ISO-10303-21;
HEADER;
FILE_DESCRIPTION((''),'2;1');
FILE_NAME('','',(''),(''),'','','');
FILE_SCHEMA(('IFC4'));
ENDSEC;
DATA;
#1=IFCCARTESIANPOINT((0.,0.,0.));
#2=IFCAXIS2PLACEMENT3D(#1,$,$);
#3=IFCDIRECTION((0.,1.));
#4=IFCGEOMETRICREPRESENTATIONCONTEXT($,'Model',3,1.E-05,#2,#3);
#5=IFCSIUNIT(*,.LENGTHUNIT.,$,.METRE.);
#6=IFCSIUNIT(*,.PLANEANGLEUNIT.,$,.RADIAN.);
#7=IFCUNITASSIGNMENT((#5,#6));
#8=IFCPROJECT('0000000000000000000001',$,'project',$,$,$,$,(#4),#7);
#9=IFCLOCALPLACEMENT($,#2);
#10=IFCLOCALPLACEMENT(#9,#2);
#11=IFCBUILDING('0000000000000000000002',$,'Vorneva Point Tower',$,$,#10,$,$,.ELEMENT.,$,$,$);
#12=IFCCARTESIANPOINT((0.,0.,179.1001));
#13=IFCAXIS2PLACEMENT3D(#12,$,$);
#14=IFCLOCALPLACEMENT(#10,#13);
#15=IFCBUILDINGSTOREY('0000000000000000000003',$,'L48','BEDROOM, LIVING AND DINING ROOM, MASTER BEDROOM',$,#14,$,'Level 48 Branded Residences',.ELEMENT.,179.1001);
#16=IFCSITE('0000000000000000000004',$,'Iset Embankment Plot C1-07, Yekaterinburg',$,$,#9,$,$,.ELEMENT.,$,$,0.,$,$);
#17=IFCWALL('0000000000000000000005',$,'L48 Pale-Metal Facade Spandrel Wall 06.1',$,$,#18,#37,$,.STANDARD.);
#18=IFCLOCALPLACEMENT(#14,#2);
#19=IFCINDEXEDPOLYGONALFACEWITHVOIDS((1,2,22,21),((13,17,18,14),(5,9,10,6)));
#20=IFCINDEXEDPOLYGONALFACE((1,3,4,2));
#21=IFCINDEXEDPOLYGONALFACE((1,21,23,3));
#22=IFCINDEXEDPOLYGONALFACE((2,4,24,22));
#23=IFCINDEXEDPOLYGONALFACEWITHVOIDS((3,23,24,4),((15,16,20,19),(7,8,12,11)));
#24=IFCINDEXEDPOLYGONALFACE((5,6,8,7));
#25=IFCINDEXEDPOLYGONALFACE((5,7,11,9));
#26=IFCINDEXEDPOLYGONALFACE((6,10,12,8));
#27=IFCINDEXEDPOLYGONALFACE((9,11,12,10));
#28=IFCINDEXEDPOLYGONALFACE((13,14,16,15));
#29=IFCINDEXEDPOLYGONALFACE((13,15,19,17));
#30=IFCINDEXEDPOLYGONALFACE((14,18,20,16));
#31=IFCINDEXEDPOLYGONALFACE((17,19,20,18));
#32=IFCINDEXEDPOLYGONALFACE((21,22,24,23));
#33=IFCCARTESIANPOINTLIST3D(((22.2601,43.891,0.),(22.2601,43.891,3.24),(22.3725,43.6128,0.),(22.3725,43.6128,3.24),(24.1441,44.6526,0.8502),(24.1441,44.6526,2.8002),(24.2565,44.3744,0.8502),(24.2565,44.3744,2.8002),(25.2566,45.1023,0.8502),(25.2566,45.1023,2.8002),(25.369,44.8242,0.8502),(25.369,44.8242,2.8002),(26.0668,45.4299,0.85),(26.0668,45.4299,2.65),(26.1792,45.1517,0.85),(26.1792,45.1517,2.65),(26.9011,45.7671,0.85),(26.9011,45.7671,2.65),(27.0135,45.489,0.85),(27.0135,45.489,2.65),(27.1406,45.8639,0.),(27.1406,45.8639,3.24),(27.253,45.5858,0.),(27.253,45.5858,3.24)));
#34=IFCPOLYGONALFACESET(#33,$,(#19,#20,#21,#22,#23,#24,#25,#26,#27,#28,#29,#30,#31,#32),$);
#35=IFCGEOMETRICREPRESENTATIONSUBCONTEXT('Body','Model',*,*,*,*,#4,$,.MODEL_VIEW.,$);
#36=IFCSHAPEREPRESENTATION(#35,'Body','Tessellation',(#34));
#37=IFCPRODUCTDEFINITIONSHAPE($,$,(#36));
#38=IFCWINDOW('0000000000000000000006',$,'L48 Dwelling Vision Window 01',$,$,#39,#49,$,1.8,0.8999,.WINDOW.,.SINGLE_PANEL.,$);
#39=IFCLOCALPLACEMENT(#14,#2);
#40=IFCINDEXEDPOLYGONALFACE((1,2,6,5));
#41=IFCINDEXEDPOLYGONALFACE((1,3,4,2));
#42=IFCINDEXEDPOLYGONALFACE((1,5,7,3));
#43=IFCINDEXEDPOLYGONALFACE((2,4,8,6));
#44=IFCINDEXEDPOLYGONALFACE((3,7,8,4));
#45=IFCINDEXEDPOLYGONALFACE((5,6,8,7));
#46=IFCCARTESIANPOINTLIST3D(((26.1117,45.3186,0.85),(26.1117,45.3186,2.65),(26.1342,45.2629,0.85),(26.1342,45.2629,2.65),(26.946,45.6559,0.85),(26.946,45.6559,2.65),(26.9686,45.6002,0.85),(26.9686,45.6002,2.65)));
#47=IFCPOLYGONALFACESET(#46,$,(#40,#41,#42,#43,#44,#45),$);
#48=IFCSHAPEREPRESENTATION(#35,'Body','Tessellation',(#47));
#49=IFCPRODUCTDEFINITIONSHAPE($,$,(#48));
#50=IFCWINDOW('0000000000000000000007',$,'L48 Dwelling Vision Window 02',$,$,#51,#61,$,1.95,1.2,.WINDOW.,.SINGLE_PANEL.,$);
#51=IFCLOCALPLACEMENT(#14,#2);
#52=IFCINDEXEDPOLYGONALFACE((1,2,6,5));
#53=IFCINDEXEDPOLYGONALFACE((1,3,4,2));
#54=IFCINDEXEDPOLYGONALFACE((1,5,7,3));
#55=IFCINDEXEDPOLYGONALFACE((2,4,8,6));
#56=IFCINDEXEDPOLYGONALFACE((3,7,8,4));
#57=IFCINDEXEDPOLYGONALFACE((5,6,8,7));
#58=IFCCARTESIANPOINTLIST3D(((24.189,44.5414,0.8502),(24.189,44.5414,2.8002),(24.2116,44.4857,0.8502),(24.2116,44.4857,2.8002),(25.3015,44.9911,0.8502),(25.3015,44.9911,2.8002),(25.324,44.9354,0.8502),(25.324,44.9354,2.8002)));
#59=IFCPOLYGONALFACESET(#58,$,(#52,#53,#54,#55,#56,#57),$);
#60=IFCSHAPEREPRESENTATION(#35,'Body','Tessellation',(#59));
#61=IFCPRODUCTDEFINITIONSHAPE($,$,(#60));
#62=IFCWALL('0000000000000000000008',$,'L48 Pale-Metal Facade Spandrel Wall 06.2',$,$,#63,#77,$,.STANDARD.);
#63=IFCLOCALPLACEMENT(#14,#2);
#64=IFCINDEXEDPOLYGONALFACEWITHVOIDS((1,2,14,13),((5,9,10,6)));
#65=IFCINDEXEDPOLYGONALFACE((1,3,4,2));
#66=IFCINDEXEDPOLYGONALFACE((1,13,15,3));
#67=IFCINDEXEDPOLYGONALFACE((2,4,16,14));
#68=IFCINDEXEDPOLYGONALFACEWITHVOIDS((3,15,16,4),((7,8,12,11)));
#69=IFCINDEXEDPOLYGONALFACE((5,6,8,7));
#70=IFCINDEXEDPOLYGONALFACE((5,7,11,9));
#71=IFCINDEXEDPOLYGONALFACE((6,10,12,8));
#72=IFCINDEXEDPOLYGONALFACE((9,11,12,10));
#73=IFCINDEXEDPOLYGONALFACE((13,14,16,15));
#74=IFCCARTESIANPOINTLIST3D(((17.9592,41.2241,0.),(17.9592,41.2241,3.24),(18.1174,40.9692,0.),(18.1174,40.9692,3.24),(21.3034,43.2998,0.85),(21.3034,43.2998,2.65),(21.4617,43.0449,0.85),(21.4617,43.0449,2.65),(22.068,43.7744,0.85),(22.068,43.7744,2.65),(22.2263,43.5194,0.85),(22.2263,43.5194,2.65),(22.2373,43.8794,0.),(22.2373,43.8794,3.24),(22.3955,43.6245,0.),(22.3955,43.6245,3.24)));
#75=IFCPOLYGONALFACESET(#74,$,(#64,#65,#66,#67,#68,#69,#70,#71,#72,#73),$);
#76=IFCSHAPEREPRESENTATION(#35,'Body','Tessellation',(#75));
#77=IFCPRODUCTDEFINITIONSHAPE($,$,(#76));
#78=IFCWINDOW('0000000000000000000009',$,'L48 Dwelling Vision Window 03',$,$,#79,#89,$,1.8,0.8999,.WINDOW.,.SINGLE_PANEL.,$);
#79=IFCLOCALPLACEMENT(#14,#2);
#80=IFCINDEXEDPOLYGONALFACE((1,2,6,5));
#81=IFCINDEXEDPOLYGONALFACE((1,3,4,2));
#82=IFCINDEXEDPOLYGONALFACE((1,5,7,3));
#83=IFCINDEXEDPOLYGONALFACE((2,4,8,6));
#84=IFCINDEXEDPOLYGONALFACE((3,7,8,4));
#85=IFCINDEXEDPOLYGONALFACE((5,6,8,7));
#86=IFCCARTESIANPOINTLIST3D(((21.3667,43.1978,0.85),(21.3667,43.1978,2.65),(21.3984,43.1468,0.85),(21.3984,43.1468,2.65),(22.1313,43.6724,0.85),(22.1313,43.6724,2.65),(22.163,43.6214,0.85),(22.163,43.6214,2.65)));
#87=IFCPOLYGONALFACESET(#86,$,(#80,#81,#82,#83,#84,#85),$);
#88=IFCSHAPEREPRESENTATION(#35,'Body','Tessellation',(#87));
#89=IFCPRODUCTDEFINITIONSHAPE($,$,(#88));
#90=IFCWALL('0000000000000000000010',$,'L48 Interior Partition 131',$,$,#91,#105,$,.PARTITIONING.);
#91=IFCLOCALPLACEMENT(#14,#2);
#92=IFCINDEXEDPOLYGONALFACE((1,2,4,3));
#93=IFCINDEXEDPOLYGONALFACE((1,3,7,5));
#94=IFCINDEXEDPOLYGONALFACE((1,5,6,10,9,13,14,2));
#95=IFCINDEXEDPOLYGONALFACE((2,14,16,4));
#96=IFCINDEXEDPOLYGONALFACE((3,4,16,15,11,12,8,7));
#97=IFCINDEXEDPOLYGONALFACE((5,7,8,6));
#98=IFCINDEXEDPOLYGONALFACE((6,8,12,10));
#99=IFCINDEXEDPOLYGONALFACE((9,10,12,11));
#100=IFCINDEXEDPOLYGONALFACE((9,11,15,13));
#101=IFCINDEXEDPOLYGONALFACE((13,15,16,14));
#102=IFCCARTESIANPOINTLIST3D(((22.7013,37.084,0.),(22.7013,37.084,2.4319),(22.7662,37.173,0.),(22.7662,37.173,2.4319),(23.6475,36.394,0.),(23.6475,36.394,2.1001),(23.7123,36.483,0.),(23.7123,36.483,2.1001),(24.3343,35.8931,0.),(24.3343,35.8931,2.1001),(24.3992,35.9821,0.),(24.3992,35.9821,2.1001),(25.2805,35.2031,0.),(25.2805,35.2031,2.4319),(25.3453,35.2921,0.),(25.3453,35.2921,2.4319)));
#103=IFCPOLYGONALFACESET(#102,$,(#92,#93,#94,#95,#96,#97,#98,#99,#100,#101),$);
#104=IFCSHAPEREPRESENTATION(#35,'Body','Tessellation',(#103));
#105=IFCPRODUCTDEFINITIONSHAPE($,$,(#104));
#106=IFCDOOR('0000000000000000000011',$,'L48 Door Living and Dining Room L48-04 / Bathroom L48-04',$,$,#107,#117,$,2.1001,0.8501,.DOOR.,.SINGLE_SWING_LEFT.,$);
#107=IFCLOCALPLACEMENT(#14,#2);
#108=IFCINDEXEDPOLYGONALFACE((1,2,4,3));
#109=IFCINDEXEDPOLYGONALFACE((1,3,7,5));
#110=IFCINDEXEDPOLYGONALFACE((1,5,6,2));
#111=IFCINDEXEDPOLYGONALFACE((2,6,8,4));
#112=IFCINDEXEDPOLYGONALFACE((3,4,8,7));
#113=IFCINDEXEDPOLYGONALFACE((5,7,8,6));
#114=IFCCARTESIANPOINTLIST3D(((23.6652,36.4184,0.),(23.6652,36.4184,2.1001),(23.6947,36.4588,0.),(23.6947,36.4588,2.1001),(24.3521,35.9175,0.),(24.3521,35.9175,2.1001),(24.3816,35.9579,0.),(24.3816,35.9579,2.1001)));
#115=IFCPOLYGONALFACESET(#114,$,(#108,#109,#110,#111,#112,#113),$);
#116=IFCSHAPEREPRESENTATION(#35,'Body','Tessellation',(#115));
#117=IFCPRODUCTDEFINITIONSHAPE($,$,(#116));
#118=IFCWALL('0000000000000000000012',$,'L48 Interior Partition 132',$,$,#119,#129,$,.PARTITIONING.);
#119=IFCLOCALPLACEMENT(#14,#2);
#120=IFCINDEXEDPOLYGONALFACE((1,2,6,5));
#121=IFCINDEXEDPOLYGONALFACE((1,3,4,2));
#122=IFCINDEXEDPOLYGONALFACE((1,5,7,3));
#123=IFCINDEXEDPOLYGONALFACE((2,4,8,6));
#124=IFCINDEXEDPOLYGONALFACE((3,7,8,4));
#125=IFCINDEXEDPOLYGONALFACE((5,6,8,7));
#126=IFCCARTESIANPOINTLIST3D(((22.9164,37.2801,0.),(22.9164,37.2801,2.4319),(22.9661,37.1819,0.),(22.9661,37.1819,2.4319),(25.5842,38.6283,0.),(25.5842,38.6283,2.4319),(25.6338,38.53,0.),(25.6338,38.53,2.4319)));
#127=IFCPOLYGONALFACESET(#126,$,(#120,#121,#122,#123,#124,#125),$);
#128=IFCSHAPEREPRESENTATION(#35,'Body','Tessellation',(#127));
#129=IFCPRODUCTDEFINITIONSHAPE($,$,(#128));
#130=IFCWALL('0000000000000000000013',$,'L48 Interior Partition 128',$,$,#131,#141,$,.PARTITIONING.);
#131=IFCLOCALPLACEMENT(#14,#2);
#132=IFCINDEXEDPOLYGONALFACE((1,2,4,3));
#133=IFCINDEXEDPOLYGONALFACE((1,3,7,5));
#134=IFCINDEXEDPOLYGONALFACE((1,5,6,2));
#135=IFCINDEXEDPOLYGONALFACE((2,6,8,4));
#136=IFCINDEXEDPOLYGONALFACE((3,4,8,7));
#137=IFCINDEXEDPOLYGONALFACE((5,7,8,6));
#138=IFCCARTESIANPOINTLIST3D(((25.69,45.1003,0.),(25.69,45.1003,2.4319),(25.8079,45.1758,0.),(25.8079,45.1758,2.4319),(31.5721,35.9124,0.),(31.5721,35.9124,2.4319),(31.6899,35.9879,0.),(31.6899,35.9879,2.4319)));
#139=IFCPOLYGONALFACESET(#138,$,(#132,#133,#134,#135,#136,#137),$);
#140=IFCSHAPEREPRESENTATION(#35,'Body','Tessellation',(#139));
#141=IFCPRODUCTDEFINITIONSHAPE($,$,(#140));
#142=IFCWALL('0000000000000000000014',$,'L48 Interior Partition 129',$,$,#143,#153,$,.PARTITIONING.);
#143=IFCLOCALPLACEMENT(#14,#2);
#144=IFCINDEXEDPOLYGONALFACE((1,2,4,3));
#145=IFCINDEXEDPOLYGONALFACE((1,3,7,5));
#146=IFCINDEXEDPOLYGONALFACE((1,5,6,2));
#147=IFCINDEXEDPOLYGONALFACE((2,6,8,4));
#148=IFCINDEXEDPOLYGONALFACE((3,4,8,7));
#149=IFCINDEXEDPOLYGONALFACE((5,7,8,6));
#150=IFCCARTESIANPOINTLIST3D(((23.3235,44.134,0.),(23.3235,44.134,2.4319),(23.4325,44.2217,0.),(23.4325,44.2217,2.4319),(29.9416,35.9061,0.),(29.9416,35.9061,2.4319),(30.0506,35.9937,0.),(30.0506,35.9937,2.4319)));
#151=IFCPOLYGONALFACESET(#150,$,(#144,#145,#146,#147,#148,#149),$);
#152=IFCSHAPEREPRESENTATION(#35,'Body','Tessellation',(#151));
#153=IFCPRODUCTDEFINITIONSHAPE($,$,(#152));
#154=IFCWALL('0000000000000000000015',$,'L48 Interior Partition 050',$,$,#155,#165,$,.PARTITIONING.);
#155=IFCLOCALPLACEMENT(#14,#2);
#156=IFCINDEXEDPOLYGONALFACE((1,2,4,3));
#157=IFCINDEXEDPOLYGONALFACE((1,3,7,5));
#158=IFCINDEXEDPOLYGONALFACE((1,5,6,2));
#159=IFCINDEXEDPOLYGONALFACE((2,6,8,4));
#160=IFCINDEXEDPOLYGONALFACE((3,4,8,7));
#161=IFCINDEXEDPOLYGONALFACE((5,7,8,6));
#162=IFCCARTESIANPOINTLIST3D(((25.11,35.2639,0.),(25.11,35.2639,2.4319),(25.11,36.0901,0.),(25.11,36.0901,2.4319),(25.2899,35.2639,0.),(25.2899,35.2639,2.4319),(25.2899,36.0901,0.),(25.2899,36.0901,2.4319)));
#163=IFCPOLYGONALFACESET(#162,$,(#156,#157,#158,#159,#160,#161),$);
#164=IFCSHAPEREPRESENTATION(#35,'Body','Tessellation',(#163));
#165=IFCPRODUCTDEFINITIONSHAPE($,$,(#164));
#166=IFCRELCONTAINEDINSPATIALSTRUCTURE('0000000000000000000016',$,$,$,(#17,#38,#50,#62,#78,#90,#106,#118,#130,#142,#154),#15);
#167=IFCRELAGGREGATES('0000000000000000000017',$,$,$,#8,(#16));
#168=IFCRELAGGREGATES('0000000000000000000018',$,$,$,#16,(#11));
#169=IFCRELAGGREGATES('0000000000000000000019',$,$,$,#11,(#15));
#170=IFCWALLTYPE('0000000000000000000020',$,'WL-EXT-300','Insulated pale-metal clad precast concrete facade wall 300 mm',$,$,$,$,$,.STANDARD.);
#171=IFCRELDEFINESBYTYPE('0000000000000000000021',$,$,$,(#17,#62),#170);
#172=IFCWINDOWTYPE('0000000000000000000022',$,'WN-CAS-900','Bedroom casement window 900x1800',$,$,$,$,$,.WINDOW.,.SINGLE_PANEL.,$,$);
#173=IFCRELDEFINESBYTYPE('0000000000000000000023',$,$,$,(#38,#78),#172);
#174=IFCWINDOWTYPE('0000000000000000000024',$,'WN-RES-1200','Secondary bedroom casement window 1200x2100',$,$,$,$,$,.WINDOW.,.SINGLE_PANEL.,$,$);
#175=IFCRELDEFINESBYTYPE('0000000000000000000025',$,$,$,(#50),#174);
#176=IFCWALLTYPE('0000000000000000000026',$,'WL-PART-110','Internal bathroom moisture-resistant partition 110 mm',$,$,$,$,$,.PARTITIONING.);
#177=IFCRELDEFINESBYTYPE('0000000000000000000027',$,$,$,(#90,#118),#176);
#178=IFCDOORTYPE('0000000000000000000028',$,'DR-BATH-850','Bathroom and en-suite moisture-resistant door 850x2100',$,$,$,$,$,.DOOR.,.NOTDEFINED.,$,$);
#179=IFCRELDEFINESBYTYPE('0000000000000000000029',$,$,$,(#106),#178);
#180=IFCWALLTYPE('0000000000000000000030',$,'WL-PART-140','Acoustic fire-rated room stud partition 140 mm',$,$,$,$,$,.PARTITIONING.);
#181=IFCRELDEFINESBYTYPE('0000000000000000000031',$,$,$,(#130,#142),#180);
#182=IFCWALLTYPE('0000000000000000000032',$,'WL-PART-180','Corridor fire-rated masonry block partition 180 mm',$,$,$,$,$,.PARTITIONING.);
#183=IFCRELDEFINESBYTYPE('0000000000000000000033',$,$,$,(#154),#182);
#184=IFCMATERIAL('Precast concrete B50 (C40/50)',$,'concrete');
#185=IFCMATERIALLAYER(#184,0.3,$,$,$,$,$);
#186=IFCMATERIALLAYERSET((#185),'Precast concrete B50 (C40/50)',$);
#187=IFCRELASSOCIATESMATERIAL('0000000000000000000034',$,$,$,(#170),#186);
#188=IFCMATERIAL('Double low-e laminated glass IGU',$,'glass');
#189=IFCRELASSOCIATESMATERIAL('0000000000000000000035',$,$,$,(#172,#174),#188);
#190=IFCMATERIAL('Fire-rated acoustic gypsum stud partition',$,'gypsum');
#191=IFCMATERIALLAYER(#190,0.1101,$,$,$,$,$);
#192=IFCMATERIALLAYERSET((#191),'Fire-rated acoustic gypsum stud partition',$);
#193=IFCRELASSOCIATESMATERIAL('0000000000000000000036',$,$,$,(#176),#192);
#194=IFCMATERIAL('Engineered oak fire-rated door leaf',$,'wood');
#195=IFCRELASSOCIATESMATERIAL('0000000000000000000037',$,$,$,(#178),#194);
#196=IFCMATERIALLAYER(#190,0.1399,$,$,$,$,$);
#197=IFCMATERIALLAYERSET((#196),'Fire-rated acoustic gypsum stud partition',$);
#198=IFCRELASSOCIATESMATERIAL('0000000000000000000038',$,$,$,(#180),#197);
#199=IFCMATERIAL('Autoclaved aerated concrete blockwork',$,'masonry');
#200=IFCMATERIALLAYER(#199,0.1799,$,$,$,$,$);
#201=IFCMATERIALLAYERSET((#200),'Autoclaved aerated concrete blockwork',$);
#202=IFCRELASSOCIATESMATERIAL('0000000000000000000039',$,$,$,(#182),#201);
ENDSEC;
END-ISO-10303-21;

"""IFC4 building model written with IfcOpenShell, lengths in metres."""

from ifc_helpers import new_model, si_unit, direction, frame, frame_2d, origin, place, context, subcontext, project, spatial, rectangle, extrude, material, layer, layer_set, type_object, element, fill, save


model = new_model("IFC4")

# Units and contexts
model_context = context("Model", 3, precision=1e-05, world=origin(), true_north=direction((0.0, 1.0)))
body_context = subcontext(model_context, "Body", "Model", "MODEL_VIEW")
ifc_project = project(units=[si_unit("LENGTHUNIT", "METRE"), si_unit("PLANEANGLEUNIT", "RADIAN")], contexts=[model_context])

# Site, building, storey
site_placement = place(None, origin())
site = spatial("IfcSite", under=ifc_project, at=site_placement, Name="Iset Embankment Plot C1-07, Yekaterinburg", CompositionType="ELEMENT", RefElevation=0.0)
building_placement = place(site_placement, origin())
building = spatial("IfcBuilding", under=site, at=building_placement, Name="Vorneva Point Tower", CompositionType="ELEMENT")
storey_placement = place(building_placement, frame((0.0, 0.0, 179.1001)))
storey = spatial("IfcBuildingStorey", under=building, at=storey_placement, Name="L48", Description="BEDROOM, LIVING AND DINING ROOM, MASTER BEDROOM", LongName="Level 48 Branded Residences", CompositionType="ELEMENT", Elevation=179.1001)

# Wall, openings, windows
ifc_material_1 = material(Name="Precast concrete B50 (C40/50)", Category="concrete")
ifc_layer_1 = layer(ifc_material_1, 0.3)
ifc_layer_set_1 = layer_set([ifc_layer_1], Name="Precast concrete B50 (C40/50)")
wall_type_1 = type_object("IfcWallType", Name="WL-EXT-300", Description="Insulated pale-metal clad precast concrete facade wall 300 mm", PredefinedType="STANDARD", material=ifc_layer_set_1)
wall_1_placement = place(storey_placement, frame((27.1968, 45.7249, 0.0), z_axis=(0.0, 0.0, 1.0), x_axis=(-0.927111, -0.374787, 0.0)))
wall_1 = element("IfcWall", 1, at=wall_1_placement, inside=storey, type_object=wall_type_1, Name="L48 Pale-Metal Facade Spandrel Wall 06.1", PredefinedType="STANDARD", context=body_context, shape_type="SweptSolid", body=[
    extrude(rectangle(XDim=5.2642, YDim=0.3, at=frame_2d((2.6321, 0.0))), origin(), (0.0, 0.0, 1.0), 3.24),
])
opening_1_placement = place(wall_1_placement, frame((0.2583, 0.0, 0.8501)))
opening_1 = element("IfcOpeningElement", 2, at=opening_1_placement, cuts=wall_1, PredefinedType="OPENING", context=body_context, shape_type="SweptSolid", body=[
    extrude(rectangle(XDim=0.8999, YDim=1.8, at=frame_2d((0.45, 0.8999))), frame((0.0, 0.165, 0.0), z_axis=(0.0, -1.0, 0.0), x_axis=(1.0, 0.0, 0.0)), (0.0, 0.0, 1.0), 0.3298),
])
opening_2_placement = place(wall_1_placement, frame((2.032, 0.0, 0.8501)))
opening_2 = element("IfcOpeningElement", 3, at=opening_2_placement, cuts=wall_1, PredefinedType="OPENING", context=body_context, shape_type="SweptSolid", body=[
    extrude(rectangle(XDim=1.2, YDim=1.95, at=frame_2d((0.6001, 0.9751))), frame((0.0, 0.165, 0.0), z_axis=(0.0, -1.0, 0.0), x_axis=(1.0, 0.0, 0.0)), (0.0, 0.0, 1.0), 0.3298),
])
ifc_material_2 = material(Name="Double low-e laminated glass IGU", Category="glass")
window_type_1 = type_object("IfcWindowType", Name="WN-CAS-900", Description="Bedroom casement window 900x1800", PartitioningType="SINGLE_PANEL", PredefinedType="WINDOW", material=ifc_material_2)
window_1_placement = place(opening_1_placement, origin())
window_1 = element("IfcWindow", 4, at=window_1_placement, inside=storey, type_object=window_type_1, Name="L48 Dwelling Vision Window 01", OverallHeight=1.8, OverallWidth=0.8999, PartitioningType="SINGLE_PANEL", PredefinedType="WINDOW", context=body_context, shape_type="SweptSolid", body=[
    extrude(rectangle(XDim=0.8999, YDim=1.8, at=frame_2d((0.45, 0.8999))), frame((0.0, 0.03, 0.0), z_axis=(0.0, -1.0, 0.0), x_axis=(1.0, 0.0, 0.0)), (0.0, 0.0, 1.0), 0.0601),
])
fill(opening_1, window_1)
window_type_2 = type_object("IfcWindowType", Name="WN-RES-1200", Description="Secondary bedroom casement window 1200x2100", PartitioningType="SINGLE_PANEL", PredefinedType="WINDOW", material=ifc_material_2)
window_2_placement = place(opening_2_placement, origin())
window_2 = element("IfcWindow", 5, at=window_2_placement, inside=storey, type_object=window_type_2, Name="L48 Dwelling Vision Window 02", OverallHeight=1.95, OverallWidth=1.2, PartitioningType="SINGLE_PANEL", PredefinedType="WINDOW", context=body_context, shape_type="SweptSolid", body=[
    extrude(rectangle(XDim=1.2, YDim=1.95, at=frame_2d((0.6001, 0.9751))), frame((0.0, 0.03, 0.0), z_axis=(0.0, -1.0, 0.0), x_axis=(1.0, 0.0, 0.0)), (0.0, 0.0, 1.0), 0.0601),
])
fill(opening_2, window_2)

# Wall, opening, window
wall_2_placement = place(storey_placement, frame((22.3164, 43.752, 0.0), z_axis=(0.0, 0.0, 1.0), x_axis=(-0.849648, -0.527351, 0.0)))
wall_2 = element("IfcWall", 6, at=wall_2_placement, inside=storey, type_object=wall_type_1, Name="L48 Pale-Metal Facade Spandrel Wall 06.2", PredefinedType="STANDARD", context=body_context, shape_type="SweptSolid", body=[
    extrude(rectangle(XDim=5.0352, YDim=0.3, at=frame_2d((2.5176, 0.0))), origin(), (0.0, 0.0, 1.0), 3.24),
])
opening_3_placement = place(wall_2_placement, frame((0.1992, 0.0, 0.8501)))
opening_3 = element("IfcOpeningElement", 7, at=opening_3_placement, cuts=wall_2, PredefinedType="OPENING", context=body_context, shape_type="SweptSolid", body=[
    extrude(rectangle(XDim=0.8999, YDim=1.8, at=frame_2d((0.45, 0.8999))), frame((0.0, 0.165, 0.0), z_axis=(0.0, -1.0, 0.0), x_axis=(1.0, 0.0, 0.0)), (0.0, 0.0, 1.0), 0.3298),
])
window_3_placement = place(opening_3_placement, origin())
window_3 = element("IfcWindow", 8, at=window_3_placement, inside=storey, type_object=window_type_1, Name="L48 Dwelling Vision Window 03", OverallHeight=1.8, OverallWidth=0.8999, PartitioningType="SINGLE_PANEL", PredefinedType="WINDOW", context=body_context, shape_type="SweptSolid", body=[
    extrude(rectangle(XDim=0.8999, YDim=1.8, at=frame_2d((0.45, 0.8999))), frame((0.0, 0.03, 0.0), z_axis=(0.0, -1.0, 0.0), x_axis=(1.0, 0.0, 0.0)), (0.0, 0.0, 1.0), 0.0601),
])
fill(opening_3, window_3)

# Wall, opening, door
ifc_material_3 = material(Name="Fire-rated acoustic gypsum stud partition", Category="gypsum")
ifc_layer_2 = layer(ifc_material_3, 0.1101)
ifc_layer_set_2 = layer_set([ifc_layer_2], Name="Fire-rated acoustic gypsum stud partition")
wall_type_2 = type_object("IfcWallType", Name="WL-PART-110", Description="Internal bathroom moisture-resistant partition 110 mm", PredefinedType="PARTITIONING", material=ifc_layer_set_2)
wall_3_placement = place(storey_placement, frame((25.313, 35.2476, 0.0), z_axis=(0.0, 0.0, 1.0), x_axis=(-0.807968, 0.589226, 0.0)))
wall_3 = element("IfcWall", 9, at=wall_3_placement, inside=storey, type_object=wall_type_2, Name="L48 Interior Partition 131", PredefinedType="PARTITIONING", context=body_context, shape_type="SweptSolid", body=[
    extrude(rectangle(XDim=3.1921, YDim=0.1101, at=frame_2d((1.5962, 0.0))), origin(), (0.0, 0.0, 1.0), 2.4319),
])
opening_4_placement = place(wall_3_placement, frame((1.1711, 0.0, 0.0)))
opening_4 = element("IfcOpeningElement", 10, at=opening_4_placement, cuts=wall_3, PredefinedType="OPENING", context=body_context, shape_type="SweptSolid", body=[
    extrude(rectangle(XDim=0.8501, YDim=2.1001, at=frame_2d((0.425, 1.05))), frame((0.0, 0.0698, 0.0), z_axis=(0.0, -1.0, 0.0), x_axis=(1.0, 0.0, 0.0)), (0.0, 0.0, 1.0), 0.1399),
])
ifc_material_4 = material(Name="Engineered oak fire-rated door leaf", Category="wood")
door_type_1 = type_object("IfcDoorType", Name="DR-BATH-850", Description="Bathroom and en-suite moisture-resistant door 850x2100", OperationType="NOTDEFINED", PredefinedType="DOOR", material=ifc_material_4)
door_1_placement = place(opening_4_placement, origin())
door_1 = element("IfcDoor", 11, at=door_1_placement, inside=storey, type_object=door_type_1, Name="L48 Door Living and Dining Room L48-04 / Bathroom L48-04", OperationType="SINGLE_SWING_LEFT", OverallHeight=2.1001, OverallWidth=0.8501, PredefinedType="DOOR", context=body_context, shape_type="SweptSolid", body=[
    extrude(rectangle(XDim=0.8501, YDim=2.1001, at=frame_2d((0.425, 1.05))), frame((0.0, 0.0249, 0.0), z_axis=(0.0, -1.0, 0.0), x_axis=(1.0, 0.0, 0.0)), (0.0, 0.0, 1.0), 0.05),
])
fill(opening_4, door_1)

# Walls
wall_4_placement = place(storey_placement, frame((22.9412, 37.231, 0.0), z_axis=(0.0, 0.0, 1.0), x_axis=(0.892508, 0.451032, 0.0)))
element("IfcWall", 12, at=wall_4_placement, inside=storey, type_object=wall_type_2, Name="L48 Interior Partition 132", PredefinedType="PARTITIONING", context=body_context, shape_type="SweptSolid", body=[
    extrude(rectangle(XDim=2.989, YDim=0.1101, at=frame_2d((1.4946, 0.0))), origin(), (0.0, 0.0, 1.0), 2.4319),
])
ifc_layer_3 = layer(ifc_material_3, 0.1399)
ifc_layer_set_3 = layer_set([ifc_layer_3], Name="Fire-rated acoustic gypsum stud partition")
wall_type_3 = type_object("IfcWallType", Name="WL-PART-140", Description="Acoustic fire-rated room stud partition 140 mm", PredefinedType="PARTITIONING", material=ifc_layer_set_3)
wall_5_placement = place(storey_placement, frame((25.749, 45.1379, 0.0), z_axis=(0.0, 0.0, 1.0), x_axis=(0.539169, -0.842198, 0.0)))
element("IfcWall", 13, at=wall_5_placement, inside=storey, type_object=wall_type_3, Name="L48 Interior Partition 128", PredefinedType="PARTITIONING", context=body_context, shape_type="SweptSolid", body=[
    extrude(rectangle(XDim=10.9094, YDim=0.1399, at=frame_2d((5.4546, 0.0))), origin(), (0.0, 0.0, 1.0), 2.4319),
])
wall_6_placement = place(storey_placement, frame((23.3779, 44.178, 0.0), z_axis=(0.0, 0.0, 1.0), x_axis=(0.626757, -0.779215, 0.0)))
element("IfcWall", 14, at=wall_6_placement, inside=storey, type_object=wall_type_3, Name="L48 Interior Partition 129", PredefinedType="PARTITIONING", context=body_context, shape_type="SweptSolid", body=[
    extrude(rectangle(XDim=10.5593, YDim=0.1399, at=frame_2d((5.2798, 0.0))), origin(), (0.0, 0.0, 1.0), 2.4319),
])

# Shared definitions
ifc_material_5 = material(Name="Autoclaved aerated concrete blockwork", Category="masonry")
ifc_layer_4 = layer(ifc_material_5, 0.1799)
ifc_layer_set_4 = layer_set([ifc_layer_4], Name="Autoclaved aerated concrete blockwork")
wall_type_4 = type_object("IfcWallType", Name="WL-PART-180", Description="Corridor fire-rated masonry block partition 180 mm", PredefinedType="PARTITIONING", material=ifc_layer_set_4)

# Wall
wall_7_placement = place(storey_placement, frame((25.2, 36.0901, 0.0), z_axis=(0.0, 0.0, 1.0), x_axis=(0.0, -1.0, 0.0)))
element("IfcWall", 15, at=wall_7_placement, inside=storey, type_object=wall_type_4, Name="L48 Interior Partition 050", PredefinedType="PARTITIONING", context=body_context, shape_type="SweptSolid", body=[
    extrude(rectangle(XDim=0.8262, YDim=0.1799, at=frame_2d((0.4131, 0.0))), origin(), (0.0, 0.0, 1.0), 2.4319),
])

save(model, "model.ifc")
